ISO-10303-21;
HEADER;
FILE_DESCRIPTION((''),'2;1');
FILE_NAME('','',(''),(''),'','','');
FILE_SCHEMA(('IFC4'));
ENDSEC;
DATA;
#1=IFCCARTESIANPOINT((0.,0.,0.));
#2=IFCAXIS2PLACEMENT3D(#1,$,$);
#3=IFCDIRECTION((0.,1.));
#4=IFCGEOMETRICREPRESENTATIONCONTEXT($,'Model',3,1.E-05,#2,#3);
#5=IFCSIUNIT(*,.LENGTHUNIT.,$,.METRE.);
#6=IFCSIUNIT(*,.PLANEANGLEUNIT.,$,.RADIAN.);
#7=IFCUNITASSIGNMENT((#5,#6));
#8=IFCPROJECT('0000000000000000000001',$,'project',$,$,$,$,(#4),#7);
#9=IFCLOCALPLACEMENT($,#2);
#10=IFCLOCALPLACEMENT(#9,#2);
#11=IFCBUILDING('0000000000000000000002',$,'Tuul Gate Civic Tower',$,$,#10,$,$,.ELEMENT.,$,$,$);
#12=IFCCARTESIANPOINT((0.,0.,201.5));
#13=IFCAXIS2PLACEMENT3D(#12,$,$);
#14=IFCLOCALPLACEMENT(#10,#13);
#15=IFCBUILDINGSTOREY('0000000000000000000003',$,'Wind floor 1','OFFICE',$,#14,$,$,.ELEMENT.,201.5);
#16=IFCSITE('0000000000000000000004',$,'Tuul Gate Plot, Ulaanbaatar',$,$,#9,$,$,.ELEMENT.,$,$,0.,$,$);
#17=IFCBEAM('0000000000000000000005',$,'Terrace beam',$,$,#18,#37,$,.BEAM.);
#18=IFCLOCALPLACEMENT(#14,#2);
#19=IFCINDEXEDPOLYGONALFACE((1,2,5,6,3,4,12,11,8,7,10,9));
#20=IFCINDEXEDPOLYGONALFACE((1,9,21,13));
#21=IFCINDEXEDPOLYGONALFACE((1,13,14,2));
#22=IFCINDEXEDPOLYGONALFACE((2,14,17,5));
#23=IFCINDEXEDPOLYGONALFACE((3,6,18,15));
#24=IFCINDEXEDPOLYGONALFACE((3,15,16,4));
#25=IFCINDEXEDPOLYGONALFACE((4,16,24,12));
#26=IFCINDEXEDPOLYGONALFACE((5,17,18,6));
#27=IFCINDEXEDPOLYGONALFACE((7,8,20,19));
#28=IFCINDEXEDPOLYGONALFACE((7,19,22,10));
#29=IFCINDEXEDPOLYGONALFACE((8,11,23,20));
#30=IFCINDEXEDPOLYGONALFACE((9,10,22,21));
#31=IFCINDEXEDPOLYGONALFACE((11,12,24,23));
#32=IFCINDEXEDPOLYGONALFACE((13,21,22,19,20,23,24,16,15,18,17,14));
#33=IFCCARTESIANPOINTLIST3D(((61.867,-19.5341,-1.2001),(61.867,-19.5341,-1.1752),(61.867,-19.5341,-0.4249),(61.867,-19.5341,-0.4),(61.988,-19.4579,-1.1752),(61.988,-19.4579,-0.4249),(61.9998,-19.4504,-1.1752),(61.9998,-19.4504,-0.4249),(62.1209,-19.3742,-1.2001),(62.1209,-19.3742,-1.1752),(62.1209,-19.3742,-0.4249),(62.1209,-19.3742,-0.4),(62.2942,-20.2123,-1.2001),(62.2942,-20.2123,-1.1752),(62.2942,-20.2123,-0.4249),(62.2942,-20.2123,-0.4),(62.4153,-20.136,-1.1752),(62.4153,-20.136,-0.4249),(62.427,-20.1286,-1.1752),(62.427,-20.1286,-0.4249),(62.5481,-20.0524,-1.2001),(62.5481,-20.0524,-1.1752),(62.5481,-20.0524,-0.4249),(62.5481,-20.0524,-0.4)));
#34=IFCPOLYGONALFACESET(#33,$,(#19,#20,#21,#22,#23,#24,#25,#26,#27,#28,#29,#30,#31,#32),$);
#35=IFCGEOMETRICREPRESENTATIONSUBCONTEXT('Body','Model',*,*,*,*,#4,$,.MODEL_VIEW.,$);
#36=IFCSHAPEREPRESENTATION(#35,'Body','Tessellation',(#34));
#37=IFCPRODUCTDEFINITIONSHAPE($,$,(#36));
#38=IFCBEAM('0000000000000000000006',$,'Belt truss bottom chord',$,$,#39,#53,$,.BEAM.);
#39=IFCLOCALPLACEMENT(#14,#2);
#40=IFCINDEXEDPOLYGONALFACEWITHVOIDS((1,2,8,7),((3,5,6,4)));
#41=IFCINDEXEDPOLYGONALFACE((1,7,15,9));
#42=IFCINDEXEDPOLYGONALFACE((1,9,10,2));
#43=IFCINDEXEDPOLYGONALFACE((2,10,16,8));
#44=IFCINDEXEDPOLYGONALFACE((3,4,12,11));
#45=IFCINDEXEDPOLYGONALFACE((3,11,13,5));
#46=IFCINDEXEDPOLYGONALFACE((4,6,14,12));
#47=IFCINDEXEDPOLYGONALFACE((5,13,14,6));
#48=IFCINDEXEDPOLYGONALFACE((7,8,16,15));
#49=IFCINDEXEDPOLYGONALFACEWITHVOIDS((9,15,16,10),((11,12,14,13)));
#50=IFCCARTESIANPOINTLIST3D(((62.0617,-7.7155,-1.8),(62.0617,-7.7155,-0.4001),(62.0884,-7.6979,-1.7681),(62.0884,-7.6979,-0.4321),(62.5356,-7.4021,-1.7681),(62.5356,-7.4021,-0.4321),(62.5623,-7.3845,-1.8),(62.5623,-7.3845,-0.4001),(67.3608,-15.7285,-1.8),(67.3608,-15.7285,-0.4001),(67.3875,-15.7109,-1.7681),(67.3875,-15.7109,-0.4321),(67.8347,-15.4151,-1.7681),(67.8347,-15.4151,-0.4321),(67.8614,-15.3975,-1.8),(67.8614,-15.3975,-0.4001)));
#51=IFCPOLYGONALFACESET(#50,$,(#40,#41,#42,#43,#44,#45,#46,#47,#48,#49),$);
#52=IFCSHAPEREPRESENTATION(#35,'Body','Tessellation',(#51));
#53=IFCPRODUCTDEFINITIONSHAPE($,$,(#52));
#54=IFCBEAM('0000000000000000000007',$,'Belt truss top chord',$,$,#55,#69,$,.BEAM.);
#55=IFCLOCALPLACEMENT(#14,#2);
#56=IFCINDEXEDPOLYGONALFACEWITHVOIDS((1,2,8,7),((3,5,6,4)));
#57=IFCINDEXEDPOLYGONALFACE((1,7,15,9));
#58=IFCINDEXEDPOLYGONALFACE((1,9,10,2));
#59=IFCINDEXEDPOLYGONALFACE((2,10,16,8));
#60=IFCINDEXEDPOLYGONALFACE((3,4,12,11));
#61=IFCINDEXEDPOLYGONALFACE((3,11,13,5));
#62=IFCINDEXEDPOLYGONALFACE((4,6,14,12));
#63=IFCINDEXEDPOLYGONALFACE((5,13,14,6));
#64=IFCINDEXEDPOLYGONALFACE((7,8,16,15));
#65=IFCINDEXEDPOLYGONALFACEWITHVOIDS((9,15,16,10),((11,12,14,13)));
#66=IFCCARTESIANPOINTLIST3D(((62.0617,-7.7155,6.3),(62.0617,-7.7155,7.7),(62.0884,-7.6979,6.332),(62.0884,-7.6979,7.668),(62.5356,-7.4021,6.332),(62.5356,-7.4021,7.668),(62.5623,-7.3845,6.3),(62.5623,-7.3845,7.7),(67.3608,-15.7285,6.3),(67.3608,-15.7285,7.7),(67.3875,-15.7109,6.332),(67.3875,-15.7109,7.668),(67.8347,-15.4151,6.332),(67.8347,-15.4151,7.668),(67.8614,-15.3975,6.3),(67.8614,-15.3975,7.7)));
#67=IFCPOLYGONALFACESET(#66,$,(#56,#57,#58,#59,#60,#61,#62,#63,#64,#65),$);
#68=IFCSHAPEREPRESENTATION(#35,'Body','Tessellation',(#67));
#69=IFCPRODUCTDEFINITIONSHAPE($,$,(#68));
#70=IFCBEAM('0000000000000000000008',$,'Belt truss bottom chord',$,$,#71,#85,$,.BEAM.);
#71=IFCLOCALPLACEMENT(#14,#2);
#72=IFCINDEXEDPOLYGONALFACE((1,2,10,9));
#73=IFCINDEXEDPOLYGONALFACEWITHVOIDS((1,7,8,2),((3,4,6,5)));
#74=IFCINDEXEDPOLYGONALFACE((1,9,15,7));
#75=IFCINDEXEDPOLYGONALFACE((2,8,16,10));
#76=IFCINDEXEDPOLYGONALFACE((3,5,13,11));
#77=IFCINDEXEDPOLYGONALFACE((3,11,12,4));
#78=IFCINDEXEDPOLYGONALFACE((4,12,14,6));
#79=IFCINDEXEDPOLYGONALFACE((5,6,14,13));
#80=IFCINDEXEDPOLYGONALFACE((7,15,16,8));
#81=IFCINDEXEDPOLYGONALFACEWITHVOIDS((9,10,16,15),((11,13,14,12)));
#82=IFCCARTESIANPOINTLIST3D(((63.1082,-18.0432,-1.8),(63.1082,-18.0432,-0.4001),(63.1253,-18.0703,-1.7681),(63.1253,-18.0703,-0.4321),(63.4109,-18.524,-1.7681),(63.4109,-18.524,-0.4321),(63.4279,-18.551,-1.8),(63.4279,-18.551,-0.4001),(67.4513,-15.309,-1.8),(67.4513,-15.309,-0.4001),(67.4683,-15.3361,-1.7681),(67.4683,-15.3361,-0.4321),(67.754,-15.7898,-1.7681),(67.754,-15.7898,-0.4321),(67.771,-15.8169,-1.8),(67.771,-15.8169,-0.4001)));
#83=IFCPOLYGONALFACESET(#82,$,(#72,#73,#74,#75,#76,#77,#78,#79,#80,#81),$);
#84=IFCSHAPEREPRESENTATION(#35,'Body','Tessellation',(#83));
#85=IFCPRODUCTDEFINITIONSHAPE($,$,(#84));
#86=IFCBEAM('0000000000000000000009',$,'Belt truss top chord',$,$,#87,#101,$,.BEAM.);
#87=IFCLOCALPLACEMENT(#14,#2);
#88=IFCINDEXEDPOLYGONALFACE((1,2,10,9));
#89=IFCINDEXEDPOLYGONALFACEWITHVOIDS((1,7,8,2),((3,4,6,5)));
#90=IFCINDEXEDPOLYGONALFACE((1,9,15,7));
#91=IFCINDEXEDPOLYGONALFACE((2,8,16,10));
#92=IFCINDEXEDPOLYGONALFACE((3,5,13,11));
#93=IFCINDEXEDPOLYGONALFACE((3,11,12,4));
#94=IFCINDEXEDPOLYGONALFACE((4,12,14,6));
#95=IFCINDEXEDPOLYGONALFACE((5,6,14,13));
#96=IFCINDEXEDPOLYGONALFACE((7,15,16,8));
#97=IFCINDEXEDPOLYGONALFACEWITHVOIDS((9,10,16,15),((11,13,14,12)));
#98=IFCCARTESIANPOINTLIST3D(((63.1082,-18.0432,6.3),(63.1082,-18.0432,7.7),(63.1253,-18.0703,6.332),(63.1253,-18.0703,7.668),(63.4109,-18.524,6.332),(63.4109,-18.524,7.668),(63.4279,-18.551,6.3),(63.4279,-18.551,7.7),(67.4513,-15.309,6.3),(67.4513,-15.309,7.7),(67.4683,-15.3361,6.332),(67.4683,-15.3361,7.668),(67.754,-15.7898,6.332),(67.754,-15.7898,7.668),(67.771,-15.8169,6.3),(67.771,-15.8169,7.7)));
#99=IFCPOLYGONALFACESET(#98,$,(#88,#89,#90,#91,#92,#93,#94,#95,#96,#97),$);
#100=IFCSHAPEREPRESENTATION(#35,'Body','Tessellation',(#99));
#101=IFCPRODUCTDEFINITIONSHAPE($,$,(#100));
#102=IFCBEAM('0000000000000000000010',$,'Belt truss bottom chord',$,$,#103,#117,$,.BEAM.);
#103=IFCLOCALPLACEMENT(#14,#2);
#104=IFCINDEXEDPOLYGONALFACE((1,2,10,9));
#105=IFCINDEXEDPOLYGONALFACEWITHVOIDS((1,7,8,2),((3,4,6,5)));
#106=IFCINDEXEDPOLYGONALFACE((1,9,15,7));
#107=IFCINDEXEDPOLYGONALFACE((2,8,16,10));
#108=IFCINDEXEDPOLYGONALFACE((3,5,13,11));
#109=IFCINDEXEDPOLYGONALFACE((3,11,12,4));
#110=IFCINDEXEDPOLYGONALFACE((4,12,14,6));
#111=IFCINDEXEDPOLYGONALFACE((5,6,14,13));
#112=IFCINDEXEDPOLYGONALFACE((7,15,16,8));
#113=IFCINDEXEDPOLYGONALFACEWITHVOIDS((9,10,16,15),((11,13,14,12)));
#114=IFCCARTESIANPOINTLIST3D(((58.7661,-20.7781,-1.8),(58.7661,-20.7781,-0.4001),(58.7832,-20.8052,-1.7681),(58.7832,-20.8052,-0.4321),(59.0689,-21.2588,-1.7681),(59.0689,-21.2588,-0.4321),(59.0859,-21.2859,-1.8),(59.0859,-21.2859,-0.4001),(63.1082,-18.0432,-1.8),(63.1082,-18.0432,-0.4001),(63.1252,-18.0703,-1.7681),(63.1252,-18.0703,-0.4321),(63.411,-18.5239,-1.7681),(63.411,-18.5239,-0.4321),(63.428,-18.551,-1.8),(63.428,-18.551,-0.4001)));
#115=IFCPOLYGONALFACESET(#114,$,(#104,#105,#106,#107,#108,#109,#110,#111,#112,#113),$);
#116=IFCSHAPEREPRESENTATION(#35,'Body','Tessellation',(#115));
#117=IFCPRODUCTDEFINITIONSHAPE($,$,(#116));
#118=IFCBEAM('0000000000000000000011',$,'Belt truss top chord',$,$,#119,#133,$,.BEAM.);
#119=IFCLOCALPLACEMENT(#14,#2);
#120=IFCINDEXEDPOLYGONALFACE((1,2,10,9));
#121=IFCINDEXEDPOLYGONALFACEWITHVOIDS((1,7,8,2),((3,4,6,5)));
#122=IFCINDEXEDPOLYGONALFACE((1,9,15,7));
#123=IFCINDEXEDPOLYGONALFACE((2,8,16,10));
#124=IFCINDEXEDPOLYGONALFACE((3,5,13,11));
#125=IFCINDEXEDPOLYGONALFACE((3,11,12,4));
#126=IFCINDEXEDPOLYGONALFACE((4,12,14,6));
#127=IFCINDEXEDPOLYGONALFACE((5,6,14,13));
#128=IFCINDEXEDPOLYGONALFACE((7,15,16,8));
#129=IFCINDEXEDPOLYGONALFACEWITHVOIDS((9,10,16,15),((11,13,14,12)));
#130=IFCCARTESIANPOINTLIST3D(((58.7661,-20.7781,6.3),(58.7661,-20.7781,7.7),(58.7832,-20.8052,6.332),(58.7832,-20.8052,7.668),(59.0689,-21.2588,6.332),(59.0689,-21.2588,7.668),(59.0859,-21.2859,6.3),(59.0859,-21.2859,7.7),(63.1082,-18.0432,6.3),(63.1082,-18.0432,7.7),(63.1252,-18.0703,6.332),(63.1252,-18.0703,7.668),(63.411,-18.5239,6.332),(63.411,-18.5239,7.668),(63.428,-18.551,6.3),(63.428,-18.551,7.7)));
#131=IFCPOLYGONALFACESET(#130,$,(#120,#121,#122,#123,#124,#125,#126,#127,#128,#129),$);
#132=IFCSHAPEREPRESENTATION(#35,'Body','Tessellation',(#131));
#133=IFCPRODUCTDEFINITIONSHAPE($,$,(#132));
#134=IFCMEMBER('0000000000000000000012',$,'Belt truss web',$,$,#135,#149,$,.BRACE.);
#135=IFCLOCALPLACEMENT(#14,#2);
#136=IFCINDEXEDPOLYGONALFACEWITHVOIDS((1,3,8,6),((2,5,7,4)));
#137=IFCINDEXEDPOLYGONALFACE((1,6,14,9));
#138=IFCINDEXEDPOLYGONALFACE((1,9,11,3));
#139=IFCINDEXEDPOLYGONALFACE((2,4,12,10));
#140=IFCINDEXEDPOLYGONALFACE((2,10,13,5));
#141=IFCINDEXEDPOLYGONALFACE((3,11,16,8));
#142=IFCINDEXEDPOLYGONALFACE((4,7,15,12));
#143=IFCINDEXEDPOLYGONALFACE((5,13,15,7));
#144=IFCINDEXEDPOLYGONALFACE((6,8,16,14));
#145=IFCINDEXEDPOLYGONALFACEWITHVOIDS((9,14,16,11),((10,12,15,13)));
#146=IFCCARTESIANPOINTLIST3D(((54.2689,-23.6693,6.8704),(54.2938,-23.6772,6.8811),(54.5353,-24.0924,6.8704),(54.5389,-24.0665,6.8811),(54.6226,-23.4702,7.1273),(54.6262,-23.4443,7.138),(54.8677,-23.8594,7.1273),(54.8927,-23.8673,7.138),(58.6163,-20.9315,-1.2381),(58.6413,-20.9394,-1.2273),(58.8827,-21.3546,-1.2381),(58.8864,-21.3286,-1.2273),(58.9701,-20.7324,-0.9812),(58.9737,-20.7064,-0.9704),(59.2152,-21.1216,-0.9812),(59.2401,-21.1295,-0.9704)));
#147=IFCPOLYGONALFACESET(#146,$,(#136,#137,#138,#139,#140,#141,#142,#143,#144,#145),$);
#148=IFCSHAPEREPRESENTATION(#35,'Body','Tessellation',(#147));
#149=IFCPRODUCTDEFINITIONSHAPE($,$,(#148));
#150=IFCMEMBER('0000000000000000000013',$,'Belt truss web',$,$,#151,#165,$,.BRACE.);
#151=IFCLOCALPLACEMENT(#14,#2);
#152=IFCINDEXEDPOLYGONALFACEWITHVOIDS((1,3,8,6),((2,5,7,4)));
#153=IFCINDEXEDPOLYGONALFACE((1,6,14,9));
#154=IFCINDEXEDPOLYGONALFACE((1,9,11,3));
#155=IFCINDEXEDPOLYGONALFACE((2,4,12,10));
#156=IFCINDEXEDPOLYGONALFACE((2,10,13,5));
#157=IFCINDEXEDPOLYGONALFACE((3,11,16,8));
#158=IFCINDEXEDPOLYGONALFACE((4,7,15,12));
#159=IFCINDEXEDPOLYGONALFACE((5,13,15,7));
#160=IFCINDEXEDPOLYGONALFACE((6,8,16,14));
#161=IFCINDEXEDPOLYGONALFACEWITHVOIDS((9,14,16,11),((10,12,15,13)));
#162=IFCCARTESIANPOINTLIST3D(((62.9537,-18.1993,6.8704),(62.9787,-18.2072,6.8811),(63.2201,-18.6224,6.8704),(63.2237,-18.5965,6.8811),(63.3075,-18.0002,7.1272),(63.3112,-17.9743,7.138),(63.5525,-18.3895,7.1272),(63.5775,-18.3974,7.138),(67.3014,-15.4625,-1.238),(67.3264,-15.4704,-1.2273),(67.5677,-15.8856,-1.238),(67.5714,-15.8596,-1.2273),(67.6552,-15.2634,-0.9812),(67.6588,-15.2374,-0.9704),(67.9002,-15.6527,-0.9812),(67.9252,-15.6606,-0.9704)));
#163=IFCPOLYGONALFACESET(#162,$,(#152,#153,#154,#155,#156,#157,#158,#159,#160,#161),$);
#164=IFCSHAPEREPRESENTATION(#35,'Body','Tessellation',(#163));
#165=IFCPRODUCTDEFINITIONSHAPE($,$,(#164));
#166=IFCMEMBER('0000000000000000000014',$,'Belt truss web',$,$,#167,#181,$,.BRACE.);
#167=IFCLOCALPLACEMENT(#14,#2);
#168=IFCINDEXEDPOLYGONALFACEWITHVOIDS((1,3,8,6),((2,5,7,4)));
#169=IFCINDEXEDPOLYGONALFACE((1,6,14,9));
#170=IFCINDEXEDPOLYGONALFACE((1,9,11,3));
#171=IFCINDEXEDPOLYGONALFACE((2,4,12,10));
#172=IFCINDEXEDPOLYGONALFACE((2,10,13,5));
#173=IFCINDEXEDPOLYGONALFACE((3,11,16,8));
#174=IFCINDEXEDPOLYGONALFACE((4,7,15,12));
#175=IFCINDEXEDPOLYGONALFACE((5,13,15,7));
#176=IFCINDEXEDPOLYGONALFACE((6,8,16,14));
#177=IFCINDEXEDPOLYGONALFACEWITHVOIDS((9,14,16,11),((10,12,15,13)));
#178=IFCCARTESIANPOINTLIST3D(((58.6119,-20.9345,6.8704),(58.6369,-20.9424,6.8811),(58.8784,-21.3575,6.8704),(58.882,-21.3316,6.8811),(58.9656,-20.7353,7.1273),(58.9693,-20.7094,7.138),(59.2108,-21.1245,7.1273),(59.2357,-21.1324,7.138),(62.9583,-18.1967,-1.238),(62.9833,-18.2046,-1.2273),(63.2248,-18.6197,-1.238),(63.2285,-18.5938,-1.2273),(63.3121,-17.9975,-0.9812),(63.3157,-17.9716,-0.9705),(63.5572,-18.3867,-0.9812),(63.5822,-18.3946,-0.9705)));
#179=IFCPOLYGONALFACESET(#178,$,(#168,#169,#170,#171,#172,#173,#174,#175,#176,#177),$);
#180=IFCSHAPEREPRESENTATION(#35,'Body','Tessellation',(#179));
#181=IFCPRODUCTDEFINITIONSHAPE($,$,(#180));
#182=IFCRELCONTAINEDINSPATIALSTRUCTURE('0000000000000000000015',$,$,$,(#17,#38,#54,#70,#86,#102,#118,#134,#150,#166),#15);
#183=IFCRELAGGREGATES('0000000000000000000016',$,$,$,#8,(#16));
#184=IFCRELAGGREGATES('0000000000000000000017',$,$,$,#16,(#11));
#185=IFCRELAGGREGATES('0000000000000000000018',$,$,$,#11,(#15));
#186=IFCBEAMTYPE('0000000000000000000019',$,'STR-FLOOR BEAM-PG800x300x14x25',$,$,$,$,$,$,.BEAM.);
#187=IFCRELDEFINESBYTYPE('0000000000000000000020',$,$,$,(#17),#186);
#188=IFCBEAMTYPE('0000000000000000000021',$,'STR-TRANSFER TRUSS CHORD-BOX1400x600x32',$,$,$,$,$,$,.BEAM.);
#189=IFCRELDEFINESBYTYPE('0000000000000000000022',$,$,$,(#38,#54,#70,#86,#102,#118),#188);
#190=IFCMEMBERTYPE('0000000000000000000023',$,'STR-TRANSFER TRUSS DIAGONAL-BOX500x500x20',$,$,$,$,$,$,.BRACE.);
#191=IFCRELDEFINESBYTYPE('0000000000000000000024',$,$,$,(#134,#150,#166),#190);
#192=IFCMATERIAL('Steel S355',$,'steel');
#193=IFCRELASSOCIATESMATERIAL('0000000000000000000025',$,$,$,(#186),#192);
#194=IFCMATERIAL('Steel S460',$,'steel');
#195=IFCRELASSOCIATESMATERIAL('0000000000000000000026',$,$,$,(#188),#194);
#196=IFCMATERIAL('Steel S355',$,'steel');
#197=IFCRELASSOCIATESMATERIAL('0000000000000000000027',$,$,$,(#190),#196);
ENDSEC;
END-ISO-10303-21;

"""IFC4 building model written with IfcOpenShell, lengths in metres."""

from ifc_helpers import new_model, si_unit, direction, frame, origin, origin_2d, place, context, subcontext, project, spatial, hollow_rectangle, i_section, extrude, material, material_profile, profile_set, type_object, element, save


model = new_model("IFC4")

# Units and contexts
model_context = context("Model", 3, precision=1e-05, world=origin(), true_north=direction((0.0, 1.0)))
body_context = subcontext(model_context, "Body", "Model", "MODEL_VIEW")
ifc_project = project(units=[si_unit("LENGTHUNIT", "METRE"), si_unit("PLANEANGLEUNIT", "RADIAN")], contexts=[model_context])

# Site, building, storey
site_placement = place(None, origin())
site = spatial("IfcSite", under=ifc_project, at=site_placement, Name="Tuul Gate Plot, Ulaanbaatar", CompositionType="ELEMENT", RefElevation=0.0)
building_placement = place(site_placement, origin())
building = spatial("IfcBuilding", under=site, at=building_placement, Name="Tuul Gate Civic Tower", CompositionType="ELEMENT")
storey_placement = place(building_placement, frame((0.0, 0.0, 201.5)))
storey = spatial("IfcBuildingStorey", under=building, at=storey_placement, Name="Wind floor 1", Description="OFFICE", CompositionType="ELEMENT", Elevation=201.5)

# Beams
ifc_material_1 = material(Name="Steel S355", Category="steel")
ifc_material_profile_1 = material_profile(ifc_material_1, i_section(OverallWidth=0.3, OverallDepth=0.8, WebThickness=0.0139, FlangeThickness=0.0249, at=origin_2d()), Name="PG800x300x14x25")
ifc_profile_set_1 = profile_set([ifc_material_profile_1], Name="Steel S355")
beam_type_1 = type_object("IfcBeamType", Name="STR-FLOOR BEAM-PG800x300x14x25", PredefinedType="BEAM", material=ifc_profile_set_1)
beam_placement = place(storey_placement, frame((62.4211, -20.1323, -0.8), z_axis=(-0.533007, 0.846111, 0.0), x_axis=(-0.846111, -0.533007, 0.0)))
element("IfcBeam", 1, at=beam_placement, inside=storey, type_object=beam_type_1, Name="Terrace beam", PredefinedType="BEAM", context=body_context, shape_type="SweptSolid", body=[
    extrude(i_section(OverallWidth=0.3, OverallDepth=0.8, WebThickness=0.0139, FlangeThickness=0.0249, at=origin_2d()), origin(), (0.0, 0.0, 1.0), 0.8015),
])
ifc_material_2 = material(Name="Steel S460", Category="steel")
ifc_material_profile_2 = material_profile(ifc_material_2, hollow_rectangle(XDim=0.6001, YDim=1.3999, WallThickness=0.032, at=origin_2d()), Name="BOX1400x600x32")
ifc_profile_set_2 = profile_set([ifc_material_profile_2], Name="Steel S460")
beam_type_2 = type_object("IfcBeamType", Name="STR-TRANSFER TRUSS CHORD-BOX1400x600x32", PredefinedType="BEAM", material=ifc_profile_set_2)
for number, where, z_axis, x_axis, name in (
    (2, (67.6111, -15.563, -1.1001), (-0.551606, 0.834105, 0.0), (-0.834105, -0.551606, 0.0), "Belt truss bottom chord"),
    (3, (67.6111, -15.563, 7.0), (-0.551606, 0.834105, 0.0), (-0.834105, -0.551606, 0.0), "Belt truss top chord"),
):
    element("IfcBeam", number, at=place(storey_placement, frame(where, z_axis=z_axis, x_axis=x_axis)), inside=storey, type_object=beam_type_2, Name=name, PredefinedType="BEAM", context=body_context, shape_type="SweptSolid", body=[
        extrude(hollow_rectangle(XDim=0.6001, YDim=1.3999, WallThickness=0.032, at=origin_2d()), origin(), (0.0, 0.0, 1.0), 9.6067),
    ])
for number, where, z_axis, x_axis, name in (
    (4, (63.2681, -18.2971, -1.1001), (0.846265, 0.532763, 0.0), (-0.532763, 0.846265, 0.0), "Belt truss bottom chord"),
    (5, (63.2681, -18.2971, 7.0), (0.846265, 0.532763, 0.0), (-0.532763, 0.846265, 0.0), "Belt truss top chord"),
):
    element("IfcBeam", number, at=place(storey_placement, frame(where, z_axis=z_axis, x_axis=x_axis)), inside=storey, type_object=beam_type_2, Name=name, PredefinedType="BEAM", context=body_context, shape_type="SweptSolid", body=[
        extrude(hollow_rectangle(XDim=0.6001, YDim=1.3999, WallThickness=0.032, at=origin_2d()), origin(), (0.0, 0.0, 1.0), 5.1321),
    ])
for number, where, z_axis, x_axis, name in (
    (6, (58.926, -21.032, -1.1001), (0.846146, 0.532951, 0.0), (-0.532951, 0.846146, 0.0), "Belt truss bottom chord"),
    (7, (58.926, -21.032, 7.0), (0.846146, 0.532951, 0.0), (-0.532951, 0.846146, 0.0), "Belt truss top chord"),
):
    element("IfcBeam", number, at=place(storey_placement, frame(where, z_axis=z_axis, x_axis=x_axis)), inside=storey, type_object=beam_type_2, Name=name, PredefinedType="BEAM", context=body_context, shape_type="SweptSolid", body=[
        extrude(hollow_rectangle(XDim=0.6001, YDim=1.3999, WallThickness=0.032, at=origin_2d()), origin(), (0.0, 0.0, 1.0), 5.1316),
    ])

# Members
ifc_material_3 = material(Name="Steel S355", Category="steel")
ifc_material_profile_3 = material_profile(ifc_material_3, hollow_rectangle(XDim=0.5, YDim=0.5, WallThickness=0.02, at=origin_2d()), Name="BOX500x500x20")
ifc_profile_set_3 = profile_set([ifc_material_profile_3], Name="Steel S355")
member_type_1 = type_object("IfcMemberType", Name="STR-TRANSFER TRUSS DIAGONAL-BOX500x500x20", PredefinedType="BRACE", material=ifc_profile_set_3)
member_1_placement = place(storey_placement, frame((58.9282, -21.0305, -1.1042), z_axis=(-0.452901, -0.285215, 0.844709), x_axis=(0.532888, -0.846186, 0.0)))
element("IfcMember", 8, at=member_1_placement, inside=storey, type_object=member_type_1, Name="Belt truss web", PredefinedType="BRACE", context=body_context, shape_type="SweptSolid", body=[
    extrude(hollow_rectangle(XDim=0.5, YDim=0.5, WallThickness=0.02, at=origin_2d()), origin(), (0.0, 0.0, 1.0), 9.5991),
])
member_2_placement = place(storey_placement, frame((67.6133, -15.5615, -1.1042), z_axis=(-0.452934, -0.285118, 0.844724), x_axis=(0.53273, -0.846285, 0.0)))
element("IfcMember", 9, at=member_2_placement, inside=storey, type_object=member_type_1, Name="Belt truss web", PredefinedType="BRACE", context=body_context, shape_type="SweptSolid", body=[
    extrude(hollow_rectangle(XDim=0.5, YDim=0.5, WallThickness=0.02, at=origin_2d()), origin(), (0.0, 0.0, 1.0), 9.5989),
])
member_3_placement = place(storey_placement, frame((63.2703, -18.2957, -1.1042), z_axis=(-0.45282, -0.285228, 0.844748), x_axis=(0.532973, -0.846132, 0.0)))
element("IfcMember", 10, at=member_3_placement, inside=storey, type_object=member_type_1, Name="Belt truss web", PredefinedType="BRACE", context=body_context, shape_type="SweptSolid", body=[
    extrude(hollow_rectangle(XDim=0.5, YDim=0.5, WallThickness=0.02, at=origin_2d()), origin(), (0.0, 0.0, 1.0), 9.5986),
])

save(model, "model.ifc")
